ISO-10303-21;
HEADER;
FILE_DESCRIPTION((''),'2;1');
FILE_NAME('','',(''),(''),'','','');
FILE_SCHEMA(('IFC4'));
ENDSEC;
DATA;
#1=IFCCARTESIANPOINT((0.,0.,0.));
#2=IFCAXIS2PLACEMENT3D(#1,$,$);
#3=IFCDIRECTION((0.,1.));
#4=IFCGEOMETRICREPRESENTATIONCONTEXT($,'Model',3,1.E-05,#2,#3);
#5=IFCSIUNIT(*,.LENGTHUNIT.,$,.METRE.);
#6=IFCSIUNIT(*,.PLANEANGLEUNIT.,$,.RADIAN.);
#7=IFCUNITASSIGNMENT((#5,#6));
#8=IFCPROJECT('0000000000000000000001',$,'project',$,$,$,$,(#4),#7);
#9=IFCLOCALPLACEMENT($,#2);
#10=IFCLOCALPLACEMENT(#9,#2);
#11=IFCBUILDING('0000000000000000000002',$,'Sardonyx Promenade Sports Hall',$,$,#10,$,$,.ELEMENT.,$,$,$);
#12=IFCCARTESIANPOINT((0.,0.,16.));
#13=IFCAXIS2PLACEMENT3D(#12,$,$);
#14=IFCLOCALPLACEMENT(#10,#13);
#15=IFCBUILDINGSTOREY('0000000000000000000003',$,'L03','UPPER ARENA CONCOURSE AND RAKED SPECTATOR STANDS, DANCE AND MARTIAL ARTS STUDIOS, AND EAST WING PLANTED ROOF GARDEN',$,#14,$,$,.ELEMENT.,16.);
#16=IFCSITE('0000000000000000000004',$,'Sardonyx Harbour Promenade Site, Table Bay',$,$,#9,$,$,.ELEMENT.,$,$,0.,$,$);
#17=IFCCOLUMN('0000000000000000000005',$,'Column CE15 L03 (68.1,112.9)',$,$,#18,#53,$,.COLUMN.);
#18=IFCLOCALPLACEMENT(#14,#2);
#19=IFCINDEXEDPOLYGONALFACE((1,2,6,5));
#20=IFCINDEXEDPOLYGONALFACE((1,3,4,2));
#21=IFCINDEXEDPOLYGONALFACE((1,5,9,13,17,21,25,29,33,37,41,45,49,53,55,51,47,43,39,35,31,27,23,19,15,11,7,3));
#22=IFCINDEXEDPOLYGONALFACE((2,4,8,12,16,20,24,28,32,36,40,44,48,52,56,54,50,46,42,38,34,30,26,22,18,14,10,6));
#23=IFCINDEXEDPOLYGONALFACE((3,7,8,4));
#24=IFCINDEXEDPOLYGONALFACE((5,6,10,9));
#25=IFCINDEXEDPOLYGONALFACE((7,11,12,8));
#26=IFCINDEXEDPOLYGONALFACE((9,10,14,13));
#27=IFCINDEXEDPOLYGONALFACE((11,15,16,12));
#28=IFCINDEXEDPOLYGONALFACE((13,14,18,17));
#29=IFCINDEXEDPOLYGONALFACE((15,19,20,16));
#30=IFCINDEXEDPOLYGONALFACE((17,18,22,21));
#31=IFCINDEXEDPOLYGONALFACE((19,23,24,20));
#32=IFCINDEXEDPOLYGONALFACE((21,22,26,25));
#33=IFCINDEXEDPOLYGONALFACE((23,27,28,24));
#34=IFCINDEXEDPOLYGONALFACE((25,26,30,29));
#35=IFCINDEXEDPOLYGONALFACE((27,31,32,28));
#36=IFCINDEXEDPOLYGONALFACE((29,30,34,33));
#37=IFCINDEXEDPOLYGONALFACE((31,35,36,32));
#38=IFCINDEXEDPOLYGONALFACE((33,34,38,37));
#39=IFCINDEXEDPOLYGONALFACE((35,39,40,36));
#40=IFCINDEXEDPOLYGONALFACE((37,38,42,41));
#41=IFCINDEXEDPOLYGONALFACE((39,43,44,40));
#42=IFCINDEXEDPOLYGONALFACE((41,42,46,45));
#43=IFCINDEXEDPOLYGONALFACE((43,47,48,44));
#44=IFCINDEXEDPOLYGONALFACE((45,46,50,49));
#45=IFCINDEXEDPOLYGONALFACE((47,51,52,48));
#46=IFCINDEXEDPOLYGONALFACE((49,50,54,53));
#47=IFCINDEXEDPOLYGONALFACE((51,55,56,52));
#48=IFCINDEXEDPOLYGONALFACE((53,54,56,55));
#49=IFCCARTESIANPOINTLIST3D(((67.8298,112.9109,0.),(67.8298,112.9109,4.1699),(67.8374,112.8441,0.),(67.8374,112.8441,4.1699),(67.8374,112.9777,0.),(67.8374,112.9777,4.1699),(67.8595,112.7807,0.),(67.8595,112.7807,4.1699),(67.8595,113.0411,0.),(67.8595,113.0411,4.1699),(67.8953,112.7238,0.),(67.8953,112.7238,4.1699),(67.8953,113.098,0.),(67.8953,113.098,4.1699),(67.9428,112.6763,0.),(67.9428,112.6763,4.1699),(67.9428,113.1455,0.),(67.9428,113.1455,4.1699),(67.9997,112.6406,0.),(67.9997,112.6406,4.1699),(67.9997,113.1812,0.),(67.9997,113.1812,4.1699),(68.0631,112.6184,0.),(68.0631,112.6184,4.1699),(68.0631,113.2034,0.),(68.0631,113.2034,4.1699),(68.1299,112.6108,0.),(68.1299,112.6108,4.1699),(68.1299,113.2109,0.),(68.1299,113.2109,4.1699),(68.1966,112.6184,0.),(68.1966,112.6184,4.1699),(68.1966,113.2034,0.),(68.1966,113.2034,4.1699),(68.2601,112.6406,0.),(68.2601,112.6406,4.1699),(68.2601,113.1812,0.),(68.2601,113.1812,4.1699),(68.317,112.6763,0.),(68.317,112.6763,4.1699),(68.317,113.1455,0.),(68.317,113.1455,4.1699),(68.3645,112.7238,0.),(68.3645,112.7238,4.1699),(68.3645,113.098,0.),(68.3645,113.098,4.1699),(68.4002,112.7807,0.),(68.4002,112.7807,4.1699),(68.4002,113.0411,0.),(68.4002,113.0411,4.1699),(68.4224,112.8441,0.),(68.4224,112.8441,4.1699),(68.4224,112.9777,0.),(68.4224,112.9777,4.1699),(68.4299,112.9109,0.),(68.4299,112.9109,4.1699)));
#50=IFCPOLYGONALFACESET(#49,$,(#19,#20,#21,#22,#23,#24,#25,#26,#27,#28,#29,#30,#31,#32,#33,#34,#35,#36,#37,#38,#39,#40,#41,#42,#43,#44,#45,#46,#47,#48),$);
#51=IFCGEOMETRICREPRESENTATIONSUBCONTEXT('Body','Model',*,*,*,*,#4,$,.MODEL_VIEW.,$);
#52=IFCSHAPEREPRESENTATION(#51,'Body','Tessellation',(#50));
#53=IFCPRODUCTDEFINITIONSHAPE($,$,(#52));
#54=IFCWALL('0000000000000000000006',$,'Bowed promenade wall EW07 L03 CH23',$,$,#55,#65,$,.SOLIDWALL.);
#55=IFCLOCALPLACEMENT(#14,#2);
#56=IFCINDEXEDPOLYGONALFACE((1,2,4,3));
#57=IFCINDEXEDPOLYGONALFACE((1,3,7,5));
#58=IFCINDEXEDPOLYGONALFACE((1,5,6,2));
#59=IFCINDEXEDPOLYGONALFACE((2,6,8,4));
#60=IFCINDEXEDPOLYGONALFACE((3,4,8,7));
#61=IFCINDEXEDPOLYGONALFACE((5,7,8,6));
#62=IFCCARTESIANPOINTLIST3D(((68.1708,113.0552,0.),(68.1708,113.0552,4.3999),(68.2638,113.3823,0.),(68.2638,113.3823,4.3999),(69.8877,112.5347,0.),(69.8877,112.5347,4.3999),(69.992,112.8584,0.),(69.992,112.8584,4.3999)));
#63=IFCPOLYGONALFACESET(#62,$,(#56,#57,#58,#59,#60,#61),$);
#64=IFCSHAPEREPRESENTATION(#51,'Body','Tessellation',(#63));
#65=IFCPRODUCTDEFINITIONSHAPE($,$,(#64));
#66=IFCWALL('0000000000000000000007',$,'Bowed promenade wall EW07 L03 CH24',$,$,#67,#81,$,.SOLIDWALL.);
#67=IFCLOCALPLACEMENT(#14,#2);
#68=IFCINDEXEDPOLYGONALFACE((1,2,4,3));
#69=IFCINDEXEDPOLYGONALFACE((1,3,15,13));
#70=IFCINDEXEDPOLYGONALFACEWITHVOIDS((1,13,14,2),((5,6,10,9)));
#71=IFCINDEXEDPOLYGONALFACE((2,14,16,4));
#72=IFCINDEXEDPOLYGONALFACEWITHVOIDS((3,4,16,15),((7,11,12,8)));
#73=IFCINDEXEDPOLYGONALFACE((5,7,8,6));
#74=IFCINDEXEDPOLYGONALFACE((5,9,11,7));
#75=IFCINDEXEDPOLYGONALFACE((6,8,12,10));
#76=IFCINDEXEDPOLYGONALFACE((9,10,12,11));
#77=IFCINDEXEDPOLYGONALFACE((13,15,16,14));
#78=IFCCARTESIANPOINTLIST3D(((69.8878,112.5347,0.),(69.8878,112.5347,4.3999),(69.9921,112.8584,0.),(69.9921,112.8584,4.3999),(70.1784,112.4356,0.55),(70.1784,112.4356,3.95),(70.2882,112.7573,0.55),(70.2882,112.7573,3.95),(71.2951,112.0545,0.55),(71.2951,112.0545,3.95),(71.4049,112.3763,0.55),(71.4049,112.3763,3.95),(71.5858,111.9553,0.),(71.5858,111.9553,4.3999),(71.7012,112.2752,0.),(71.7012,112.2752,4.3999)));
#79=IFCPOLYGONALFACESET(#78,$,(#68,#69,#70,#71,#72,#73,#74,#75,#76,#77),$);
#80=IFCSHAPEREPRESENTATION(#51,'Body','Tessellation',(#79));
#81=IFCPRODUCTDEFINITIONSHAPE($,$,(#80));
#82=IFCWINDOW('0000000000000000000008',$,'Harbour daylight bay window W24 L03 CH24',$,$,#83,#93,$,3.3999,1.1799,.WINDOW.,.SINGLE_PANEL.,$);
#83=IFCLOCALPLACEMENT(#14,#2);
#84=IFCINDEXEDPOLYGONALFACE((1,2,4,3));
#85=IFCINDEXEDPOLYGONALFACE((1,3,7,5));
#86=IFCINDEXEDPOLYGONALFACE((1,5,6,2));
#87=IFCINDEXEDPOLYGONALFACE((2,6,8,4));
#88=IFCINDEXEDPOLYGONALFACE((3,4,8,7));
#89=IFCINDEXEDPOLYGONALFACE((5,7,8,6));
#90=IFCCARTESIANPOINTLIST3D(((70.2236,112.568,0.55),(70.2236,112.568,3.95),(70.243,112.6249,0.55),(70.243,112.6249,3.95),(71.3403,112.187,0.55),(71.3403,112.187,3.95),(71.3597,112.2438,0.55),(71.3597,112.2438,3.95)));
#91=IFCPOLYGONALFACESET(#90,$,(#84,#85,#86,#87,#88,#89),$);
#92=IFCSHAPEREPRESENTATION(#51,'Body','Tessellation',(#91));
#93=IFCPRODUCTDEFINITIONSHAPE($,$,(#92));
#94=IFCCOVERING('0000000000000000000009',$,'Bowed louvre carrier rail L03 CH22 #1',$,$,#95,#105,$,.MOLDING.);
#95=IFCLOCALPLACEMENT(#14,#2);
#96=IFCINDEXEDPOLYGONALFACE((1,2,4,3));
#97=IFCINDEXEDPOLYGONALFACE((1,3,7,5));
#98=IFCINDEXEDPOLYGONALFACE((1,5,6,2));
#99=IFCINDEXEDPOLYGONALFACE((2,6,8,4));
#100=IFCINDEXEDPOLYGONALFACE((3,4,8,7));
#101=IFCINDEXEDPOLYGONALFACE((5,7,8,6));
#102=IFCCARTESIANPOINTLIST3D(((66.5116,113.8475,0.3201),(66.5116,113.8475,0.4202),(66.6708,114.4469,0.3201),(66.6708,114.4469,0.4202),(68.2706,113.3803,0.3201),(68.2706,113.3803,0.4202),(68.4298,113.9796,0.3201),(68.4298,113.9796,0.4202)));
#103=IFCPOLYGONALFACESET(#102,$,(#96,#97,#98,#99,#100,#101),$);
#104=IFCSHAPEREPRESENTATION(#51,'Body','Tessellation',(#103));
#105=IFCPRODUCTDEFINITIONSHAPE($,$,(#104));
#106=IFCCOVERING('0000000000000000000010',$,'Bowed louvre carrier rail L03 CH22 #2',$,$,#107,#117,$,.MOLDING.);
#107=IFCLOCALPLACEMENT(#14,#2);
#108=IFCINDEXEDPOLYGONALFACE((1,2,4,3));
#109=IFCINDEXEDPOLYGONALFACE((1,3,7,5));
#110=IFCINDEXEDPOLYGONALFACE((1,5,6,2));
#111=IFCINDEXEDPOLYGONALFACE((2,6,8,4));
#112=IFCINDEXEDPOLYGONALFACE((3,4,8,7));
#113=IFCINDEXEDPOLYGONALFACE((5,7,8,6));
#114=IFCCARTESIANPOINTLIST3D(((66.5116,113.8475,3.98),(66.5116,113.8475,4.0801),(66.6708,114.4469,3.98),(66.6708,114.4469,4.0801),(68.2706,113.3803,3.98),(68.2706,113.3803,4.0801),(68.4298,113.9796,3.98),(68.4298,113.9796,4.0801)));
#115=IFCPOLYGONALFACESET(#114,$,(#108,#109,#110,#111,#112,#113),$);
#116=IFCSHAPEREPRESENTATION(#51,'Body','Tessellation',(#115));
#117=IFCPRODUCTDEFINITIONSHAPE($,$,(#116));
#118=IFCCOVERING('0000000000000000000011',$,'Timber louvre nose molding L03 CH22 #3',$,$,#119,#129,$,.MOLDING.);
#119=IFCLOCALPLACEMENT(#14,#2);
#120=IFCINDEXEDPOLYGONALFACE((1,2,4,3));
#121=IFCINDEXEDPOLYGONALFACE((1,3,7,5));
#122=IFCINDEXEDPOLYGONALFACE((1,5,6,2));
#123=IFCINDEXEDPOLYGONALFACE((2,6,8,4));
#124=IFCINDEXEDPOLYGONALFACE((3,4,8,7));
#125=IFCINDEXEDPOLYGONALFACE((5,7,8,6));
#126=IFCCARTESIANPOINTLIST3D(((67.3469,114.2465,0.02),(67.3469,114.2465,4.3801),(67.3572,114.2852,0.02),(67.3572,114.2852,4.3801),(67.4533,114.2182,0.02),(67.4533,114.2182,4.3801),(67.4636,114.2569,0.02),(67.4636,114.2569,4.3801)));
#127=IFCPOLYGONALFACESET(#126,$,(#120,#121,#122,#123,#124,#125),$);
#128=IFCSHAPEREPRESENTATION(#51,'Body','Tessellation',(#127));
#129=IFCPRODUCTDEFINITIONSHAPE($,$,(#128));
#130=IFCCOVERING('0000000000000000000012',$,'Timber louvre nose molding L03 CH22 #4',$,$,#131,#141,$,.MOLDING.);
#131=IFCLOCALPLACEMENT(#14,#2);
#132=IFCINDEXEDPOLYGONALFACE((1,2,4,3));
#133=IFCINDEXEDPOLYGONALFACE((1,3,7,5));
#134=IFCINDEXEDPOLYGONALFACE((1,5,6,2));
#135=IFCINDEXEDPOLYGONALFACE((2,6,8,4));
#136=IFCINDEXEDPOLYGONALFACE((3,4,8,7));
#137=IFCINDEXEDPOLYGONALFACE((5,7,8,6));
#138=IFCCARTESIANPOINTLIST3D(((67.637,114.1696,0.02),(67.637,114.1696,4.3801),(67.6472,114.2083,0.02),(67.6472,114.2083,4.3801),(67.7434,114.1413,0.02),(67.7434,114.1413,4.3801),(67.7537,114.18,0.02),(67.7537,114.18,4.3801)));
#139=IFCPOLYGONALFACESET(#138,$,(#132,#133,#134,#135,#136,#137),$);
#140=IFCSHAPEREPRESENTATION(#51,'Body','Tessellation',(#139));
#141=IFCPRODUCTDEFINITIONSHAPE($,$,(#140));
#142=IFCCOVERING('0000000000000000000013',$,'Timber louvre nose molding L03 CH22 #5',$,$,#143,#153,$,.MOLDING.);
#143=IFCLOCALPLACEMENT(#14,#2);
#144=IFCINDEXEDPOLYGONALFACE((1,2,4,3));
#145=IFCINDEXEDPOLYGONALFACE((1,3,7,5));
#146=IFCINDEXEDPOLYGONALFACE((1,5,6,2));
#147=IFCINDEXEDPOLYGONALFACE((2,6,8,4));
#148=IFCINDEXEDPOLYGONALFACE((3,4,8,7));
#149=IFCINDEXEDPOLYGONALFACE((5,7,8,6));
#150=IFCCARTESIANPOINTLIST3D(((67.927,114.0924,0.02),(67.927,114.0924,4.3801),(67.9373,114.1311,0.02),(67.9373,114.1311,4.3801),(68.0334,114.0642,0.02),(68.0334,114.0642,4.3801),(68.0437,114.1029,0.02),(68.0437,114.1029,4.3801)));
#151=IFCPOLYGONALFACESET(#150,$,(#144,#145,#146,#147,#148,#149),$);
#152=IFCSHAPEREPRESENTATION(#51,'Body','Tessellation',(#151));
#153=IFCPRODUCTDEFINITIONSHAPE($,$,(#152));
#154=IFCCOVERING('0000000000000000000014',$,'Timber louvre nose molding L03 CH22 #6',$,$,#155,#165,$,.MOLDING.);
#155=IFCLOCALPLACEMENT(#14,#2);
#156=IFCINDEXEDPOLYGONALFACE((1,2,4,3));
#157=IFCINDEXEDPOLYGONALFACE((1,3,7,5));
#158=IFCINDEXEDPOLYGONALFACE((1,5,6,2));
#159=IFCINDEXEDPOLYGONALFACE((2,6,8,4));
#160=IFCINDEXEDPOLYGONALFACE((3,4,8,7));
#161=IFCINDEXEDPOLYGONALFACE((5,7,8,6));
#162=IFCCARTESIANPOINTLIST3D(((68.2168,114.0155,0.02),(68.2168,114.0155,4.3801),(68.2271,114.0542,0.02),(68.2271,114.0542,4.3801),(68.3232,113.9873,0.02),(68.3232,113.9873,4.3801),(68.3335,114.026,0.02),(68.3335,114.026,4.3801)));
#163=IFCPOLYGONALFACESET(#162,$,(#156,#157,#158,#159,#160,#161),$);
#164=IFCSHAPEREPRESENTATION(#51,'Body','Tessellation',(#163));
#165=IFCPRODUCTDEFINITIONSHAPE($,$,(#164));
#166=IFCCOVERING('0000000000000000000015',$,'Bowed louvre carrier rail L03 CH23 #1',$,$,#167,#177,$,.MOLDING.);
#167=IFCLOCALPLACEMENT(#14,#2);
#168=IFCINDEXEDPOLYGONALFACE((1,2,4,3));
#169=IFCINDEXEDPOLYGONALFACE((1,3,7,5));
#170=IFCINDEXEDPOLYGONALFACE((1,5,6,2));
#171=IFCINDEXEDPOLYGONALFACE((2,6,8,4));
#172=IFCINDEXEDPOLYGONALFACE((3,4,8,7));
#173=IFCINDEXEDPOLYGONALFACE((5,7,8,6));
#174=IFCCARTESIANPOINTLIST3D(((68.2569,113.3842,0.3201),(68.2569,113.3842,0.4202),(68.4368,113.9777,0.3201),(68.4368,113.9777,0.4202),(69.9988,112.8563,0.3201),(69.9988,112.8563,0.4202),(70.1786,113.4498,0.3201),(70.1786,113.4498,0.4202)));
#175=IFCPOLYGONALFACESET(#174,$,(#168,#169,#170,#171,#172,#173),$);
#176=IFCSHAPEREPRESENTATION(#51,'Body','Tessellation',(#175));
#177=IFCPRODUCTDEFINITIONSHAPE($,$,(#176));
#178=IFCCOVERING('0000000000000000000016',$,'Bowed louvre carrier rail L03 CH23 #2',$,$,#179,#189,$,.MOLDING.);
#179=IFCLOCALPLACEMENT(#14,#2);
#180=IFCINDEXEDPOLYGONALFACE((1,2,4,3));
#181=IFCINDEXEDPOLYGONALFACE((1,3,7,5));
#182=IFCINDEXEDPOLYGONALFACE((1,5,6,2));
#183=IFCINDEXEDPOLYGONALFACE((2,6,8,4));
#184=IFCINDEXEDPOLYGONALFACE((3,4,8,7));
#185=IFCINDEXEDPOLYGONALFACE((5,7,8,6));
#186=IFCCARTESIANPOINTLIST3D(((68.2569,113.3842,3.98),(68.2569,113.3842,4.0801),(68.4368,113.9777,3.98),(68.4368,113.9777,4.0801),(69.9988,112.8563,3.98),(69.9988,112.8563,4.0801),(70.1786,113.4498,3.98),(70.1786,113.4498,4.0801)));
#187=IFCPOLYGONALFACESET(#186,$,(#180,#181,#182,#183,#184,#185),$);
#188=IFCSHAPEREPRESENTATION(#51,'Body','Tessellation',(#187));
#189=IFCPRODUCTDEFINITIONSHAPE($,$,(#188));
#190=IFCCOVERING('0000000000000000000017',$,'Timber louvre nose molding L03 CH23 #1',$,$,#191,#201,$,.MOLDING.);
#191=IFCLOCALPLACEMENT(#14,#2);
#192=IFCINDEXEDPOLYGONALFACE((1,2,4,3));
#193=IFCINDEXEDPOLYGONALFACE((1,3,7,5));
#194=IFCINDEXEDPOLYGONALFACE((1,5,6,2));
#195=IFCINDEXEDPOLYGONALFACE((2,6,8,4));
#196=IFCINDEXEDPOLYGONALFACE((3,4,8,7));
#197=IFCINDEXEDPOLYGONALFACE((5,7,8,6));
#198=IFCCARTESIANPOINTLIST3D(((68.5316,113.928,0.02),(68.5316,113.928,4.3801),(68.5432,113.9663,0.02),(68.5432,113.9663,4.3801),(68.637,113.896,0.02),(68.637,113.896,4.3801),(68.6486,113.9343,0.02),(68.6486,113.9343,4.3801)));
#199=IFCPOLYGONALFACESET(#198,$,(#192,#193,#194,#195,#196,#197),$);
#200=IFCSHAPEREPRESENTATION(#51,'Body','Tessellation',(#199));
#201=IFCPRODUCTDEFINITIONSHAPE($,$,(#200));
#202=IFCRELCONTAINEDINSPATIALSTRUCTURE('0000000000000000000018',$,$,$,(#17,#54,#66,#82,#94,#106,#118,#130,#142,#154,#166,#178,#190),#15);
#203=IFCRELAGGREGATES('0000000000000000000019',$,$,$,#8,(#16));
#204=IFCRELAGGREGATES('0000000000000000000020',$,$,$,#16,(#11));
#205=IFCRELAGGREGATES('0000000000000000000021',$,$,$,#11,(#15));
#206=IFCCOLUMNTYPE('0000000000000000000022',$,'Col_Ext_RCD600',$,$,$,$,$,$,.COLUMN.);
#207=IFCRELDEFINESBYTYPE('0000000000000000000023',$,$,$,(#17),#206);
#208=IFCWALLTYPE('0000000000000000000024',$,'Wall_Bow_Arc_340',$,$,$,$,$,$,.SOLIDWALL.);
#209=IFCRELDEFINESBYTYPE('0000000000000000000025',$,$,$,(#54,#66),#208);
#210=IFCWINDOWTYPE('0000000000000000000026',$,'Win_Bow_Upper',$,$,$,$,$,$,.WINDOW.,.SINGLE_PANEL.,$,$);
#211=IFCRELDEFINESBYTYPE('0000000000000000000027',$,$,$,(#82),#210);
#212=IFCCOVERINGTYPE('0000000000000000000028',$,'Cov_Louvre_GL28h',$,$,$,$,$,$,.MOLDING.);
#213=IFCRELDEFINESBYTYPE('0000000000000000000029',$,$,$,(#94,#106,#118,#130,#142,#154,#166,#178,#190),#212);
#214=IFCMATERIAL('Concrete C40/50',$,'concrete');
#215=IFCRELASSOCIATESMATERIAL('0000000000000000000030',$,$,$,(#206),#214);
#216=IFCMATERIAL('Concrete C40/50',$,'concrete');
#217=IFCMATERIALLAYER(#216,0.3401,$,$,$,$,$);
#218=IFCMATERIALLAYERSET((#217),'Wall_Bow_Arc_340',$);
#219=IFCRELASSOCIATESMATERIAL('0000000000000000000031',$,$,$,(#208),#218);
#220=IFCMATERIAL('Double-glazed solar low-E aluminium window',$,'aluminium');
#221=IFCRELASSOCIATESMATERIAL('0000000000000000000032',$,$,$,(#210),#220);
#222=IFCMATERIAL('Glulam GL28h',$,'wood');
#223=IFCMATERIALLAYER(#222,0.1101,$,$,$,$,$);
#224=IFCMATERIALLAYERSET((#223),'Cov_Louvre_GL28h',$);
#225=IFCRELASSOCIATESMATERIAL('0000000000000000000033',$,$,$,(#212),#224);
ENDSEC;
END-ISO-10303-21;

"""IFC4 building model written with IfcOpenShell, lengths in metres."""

from ifc_helpers import new_model, si_unit, direction, frame, frame_2d, origin, origin_2d, place, context, subcontext, project, spatial, polyline, rectangle, circle, outline, extrude, material, layer, layer_set, material_profile, profile_set, type_object, element, fill, save


model = new_model("IFC4")

# Units and contexts
model_context = context("Model", 3, precision=1e-05, world=origin(), true_north=direction((0.0, 1.0)))
body_context = subcontext(model_context, "Body", "Model", "MODEL_VIEW")
ifc_project = project(units=[si_unit("LENGTHUNIT", "METRE"), si_unit("PLANEANGLEUNIT", "RADIAN")], contexts=[model_context])

# Site, building, storey
site_placement = place(None, origin())
site = spatial("IfcSite", under=ifc_project, at=site_placement, Name="Sardonyx Harbour Promenade Site, Table Bay", CompositionType="ELEMENT", RefElevation=0.0)
building_placement = place(site_placement, origin())
building = spatial("IfcBuilding", under=site, at=building_placement, Name="Sardonyx Promenade Sports Hall", CompositionType="ELEMENT")
storey_placement = place(building_placement, frame((0.0, 0.0, 16.0)))
storey = spatial("IfcBuildingStorey", under=building, at=storey_placement, Name="L03", Description="UPPER ARENA CONCOURSE AND RAKED SPECTATOR STANDS, DANCE AND MARTIAL ARTS STUDIOS, AND EAST WING PLANTED ROOF GARDEN", CompositionType="ELEMENT", Elevation=16.0)

# Column
ifc_material_1 = material(Name="Concrete C40/50", Category="concrete")
ifc_material_profile = material_profile(ifc_material_1, circle(Radius=0.3, at=origin_2d()))
ifc_profile_set = profile_set([ifc_material_profile], Name="Concrete C40/50")
column_type = type_object("IfcColumnType", Name="Col_Ext_RCD600", PredefinedType="COLUMN", material=ifc_profile_set)
column_placement = place(storey_placement, frame((68.1299, 112.9109, 0.0), z_axis=(0.0, 0.0, 1.0), x_axis=(1.0, 0.0, 0.0)))
element("IfcColumn", 1, at=column_placement, inside=storey, type_object=column_type, Name="Column CE15 L03 (68.1,112.9)", PredefinedType="COLUMN", context=body_context, shape_type="SweptSolid", body=[
    extrude(circle(Radius=0.3, at=origin_2d()), origin(), (0.0, 0.0, 1.0), 4.1699),
])

# Wall
ifc_material_2 = material(Name="Concrete C40/50", Category="concrete")
ifc_layer_1 = layer(ifc_material_2, 0.3401)
ifc_layer_set_1 = layer_set([ifc_layer_1], Name="Wall_Bow_Arc_340")
wall_type = type_object("IfcWallType", Name="Wall_Bow_Arc_340", PredefinedType="SOLIDWALL", material=ifc_layer_set_1)
wall_1_placement = place(storey_placement, frame((68.2173, 113.2188, 0.0), z_axis=(0.0, 0.0, 1.0), x_axis=(0.956994, -0.290109, 0.0)))
element("IfcWall", 2, at=wall_1_placement, inside=storey, type_object=wall_type, Name="Bowed promenade wall EW07 L03 CH23", PredefinedType="SOLIDWALL", context=body_context, shape_type="SweptSolid", body=[
    extrude(outline(polyline([(0.0029, -0.17), (1.7971, -0.17), (1.8029, 0.17), (-0.0029, 0.17), (0.0029, -0.17)])), origin(), (0.0, 0.0, 1.0), 4.3999),
])

# Wall, opening, window
wall_2_placement = place(storey_placement, frame((69.9399, 112.6965, 0.0), z_axis=(0.0, 0.0, 1.0), x_axis=(0.946422, -0.322934, 0.0)))
wall_2 = element("IfcWall", 3, at=wall_2_placement, inside=storey, type_object=wall_type, Name="Bowed promenade wall EW07 L03 CH24", PredefinedType="SOLIDWALL", context=body_context, shape_type="SweptSolid", body=[
    extrude(outline(polyline([(0.0029, -0.17), (1.7971, -0.17), (1.8029, 0.17), (-0.0029, 0.17), (0.0029, -0.17)])), origin(), (0.0, 0.0, 1.0), 4.3999),
])
opening_placement = place(wall_2_placement, frame((0.3101, 0.0, 0.55)))
opening = element("IfcOpeningElement", 4, at=opening_placement, cuts=wall_2, PredefinedType="OPENING", context=body_context, shape_type="SweptSolid", body=[
    extrude(rectangle(XDim=1.1799, YDim=3.3999, at=frame_2d((0.5898, 1.7))), frame((0.0, 0.18, 0.0), z_axis=(0.0, -1.0, 0.0), x_axis=(1.0, 0.0, 0.0)), (0.0, 0.0, 1.0), 0.36),
])
ifc_material_3 = material(Name="Double-glazed solar low-E aluminium window", Category="aluminium")
window_type = type_object("IfcWindowType", Name="Win_Bow_Upper", PartitioningType="SINGLE_PANEL", PredefinedType="WINDOW", material=ifc_material_3)
window_placement = place(opening_placement, origin())
window = element("IfcWindow", 5, at=window_placement, inside=storey, type_object=window_type, Name="Harbour daylight bay window W24 L03 CH24", OverallHeight=3.3999, OverallWidth=1.1799, PartitioningType="SINGLE_PANEL", PredefinedType="WINDOW", context=body_context, shape_type="SweptSolid", body=[
    extrude(rectangle(XDim=1.1799, YDim=3.3999, at=frame_2d((0.5898, 1.7))), frame((0.0, 0.03, 0.0), z_axis=(0.0, -1.0, 0.0), x_axis=(1.0, 0.0, 0.0)), (0.0, 0.0, 1.0), 0.0601),
])
fill(opening, window)

# Coverings
ifc_material_4 = material(Name="Glulam GL28h", Category="wood")
ifc_layer_2 = layer(ifc_material_4, 0.1101)
ifc_layer_set_2 = layer_set([ifc_layer_2], Name="Cov_Louvre_GL28h")
covering_type = type_object("IfcCoveringType", Name="Cov_Louvre_GL28h", PredefinedType="MOLDING", material=ifc_layer_set_2)
for number, where, z_axis, x_axis, name in (
    (6, (67.4707, 113.9136, 0.3201), (0.0, 0.0, 1.0), (0.966485, -0.256721, 0.0), "Bowed louvre carrier rail L03 CH22 #1"),
    (7, (67.4707, 113.9136, 3.98), (0.0, 0.0, 1.0), (0.966485, -0.256721, 0.0), "Bowed louvre carrier rail L03 CH22 #2"),
):
    element("IfcCovering", number, at=place(storey_placement, frame(where, z_axis=z_axis, x_axis=x_axis)), inside=storey, type_object=covering_type, Name=name, PredefinedType="MOLDING", context=body_context, shape_type="SweptSolid", body=[
        extrude(rectangle(XDim=1.8201, YDim=0.6201, at=origin_2d()), origin(), (0.0, 0.0, 1.0), 0.1001),
    ])
for number, where, z_axis, x_axis, name in (
    (8, (67.4053, 114.2517, 0.02), (0.0, 0.0, 1.0), (0.966485, -0.256721, 0.0), "Timber louvre nose molding L03 CH22 #3"),
    (9, (67.6953, 114.1748, 0.02), (0.0, 0.0, 1.0), (0.966485, -0.256721, 0.0), "Timber louvre nose molding L03 CH22 #4"),
    (10, (67.9854, 114.0977, 0.02), (0.0, 0.0, 1.0), (0.966485, -0.256721, 0.0), "Timber louvre nose molding L03 CH22 #5"),
    (11, (68.2751, 114.0208, 0.02), (0.0, 0.0, 1.0), (0.966485, -0.256721, 0.0), "Timber louvre nose molding L03 CH22 #6"),
):
    element("IfcCovering", number, at=place(storey_placement, frame(where, z_axis=z_axis, x_axis=x_axis)), inside=storey, type_object=covering_type, Name=name, PredefinedType="MOLDING", context=body_context, shape_type="SweptSolid", body=[
        extrude(rectangle(XDim=0.1101, YDim=0.04, at=origin_2d()), origin(), (0.0, 0.0, 1.0), 4.3601),
    ])
for number, where, z_axis, x_axis, name in (
    (12, (69.2178, 113.417, 0.3201), (0.0, 0.0, 1.0), (0.957021, -0.290017, 0.0), "Bowed louvre carrier rail L03 CH23 #1"),
    (13, (69.2178, 113.417, 3.98), (0.0, 0.0, 1.0), (0.957021, -0.290017, 0.0), "Bowed louvre carrier rail L03 CH23 #2"),
):
    element("IfcCovering", number, at=place(storey_placement, frame(where, z_axis=z_axis, x_axis=x_axis)), inside=storey, type_object=covering_type, Name=name, PredefinedType="MOLDING", context=body_context, shape_type="SweptSolid", body=[
        extrude(rectangle(XDim=1.8201, YDim=0.6201, at=origin_2d()), origin(), (0.0, 0.0, 1.0), 0.1001),
    ])
for number, where, z_axis, x_axis, name in (
    (14, (68.5901, 113.9312, 0.02), (0.0, 0.0, 1.0), (0.957021, -0.290017, 0.0), "Timber louvre nose molding L03 CH23 #1"),
):
    element("IfcCovering", number, at=place(storey_placement, frame(where, z_axis=z_axis, x_axis=x_axis)), inside=storey, type_object=covering_type, Name=name, PredefinedType="MOLDING", context=body_context, shape_type="SweptSolid", body=[
        extrude(rectangle(XDim=0.1101, YDim=0.04, at=origin_2d()), origin(), (0.0, 0.0, 1.0), 4.3601),
    ])

save(model, "model.ifc")
